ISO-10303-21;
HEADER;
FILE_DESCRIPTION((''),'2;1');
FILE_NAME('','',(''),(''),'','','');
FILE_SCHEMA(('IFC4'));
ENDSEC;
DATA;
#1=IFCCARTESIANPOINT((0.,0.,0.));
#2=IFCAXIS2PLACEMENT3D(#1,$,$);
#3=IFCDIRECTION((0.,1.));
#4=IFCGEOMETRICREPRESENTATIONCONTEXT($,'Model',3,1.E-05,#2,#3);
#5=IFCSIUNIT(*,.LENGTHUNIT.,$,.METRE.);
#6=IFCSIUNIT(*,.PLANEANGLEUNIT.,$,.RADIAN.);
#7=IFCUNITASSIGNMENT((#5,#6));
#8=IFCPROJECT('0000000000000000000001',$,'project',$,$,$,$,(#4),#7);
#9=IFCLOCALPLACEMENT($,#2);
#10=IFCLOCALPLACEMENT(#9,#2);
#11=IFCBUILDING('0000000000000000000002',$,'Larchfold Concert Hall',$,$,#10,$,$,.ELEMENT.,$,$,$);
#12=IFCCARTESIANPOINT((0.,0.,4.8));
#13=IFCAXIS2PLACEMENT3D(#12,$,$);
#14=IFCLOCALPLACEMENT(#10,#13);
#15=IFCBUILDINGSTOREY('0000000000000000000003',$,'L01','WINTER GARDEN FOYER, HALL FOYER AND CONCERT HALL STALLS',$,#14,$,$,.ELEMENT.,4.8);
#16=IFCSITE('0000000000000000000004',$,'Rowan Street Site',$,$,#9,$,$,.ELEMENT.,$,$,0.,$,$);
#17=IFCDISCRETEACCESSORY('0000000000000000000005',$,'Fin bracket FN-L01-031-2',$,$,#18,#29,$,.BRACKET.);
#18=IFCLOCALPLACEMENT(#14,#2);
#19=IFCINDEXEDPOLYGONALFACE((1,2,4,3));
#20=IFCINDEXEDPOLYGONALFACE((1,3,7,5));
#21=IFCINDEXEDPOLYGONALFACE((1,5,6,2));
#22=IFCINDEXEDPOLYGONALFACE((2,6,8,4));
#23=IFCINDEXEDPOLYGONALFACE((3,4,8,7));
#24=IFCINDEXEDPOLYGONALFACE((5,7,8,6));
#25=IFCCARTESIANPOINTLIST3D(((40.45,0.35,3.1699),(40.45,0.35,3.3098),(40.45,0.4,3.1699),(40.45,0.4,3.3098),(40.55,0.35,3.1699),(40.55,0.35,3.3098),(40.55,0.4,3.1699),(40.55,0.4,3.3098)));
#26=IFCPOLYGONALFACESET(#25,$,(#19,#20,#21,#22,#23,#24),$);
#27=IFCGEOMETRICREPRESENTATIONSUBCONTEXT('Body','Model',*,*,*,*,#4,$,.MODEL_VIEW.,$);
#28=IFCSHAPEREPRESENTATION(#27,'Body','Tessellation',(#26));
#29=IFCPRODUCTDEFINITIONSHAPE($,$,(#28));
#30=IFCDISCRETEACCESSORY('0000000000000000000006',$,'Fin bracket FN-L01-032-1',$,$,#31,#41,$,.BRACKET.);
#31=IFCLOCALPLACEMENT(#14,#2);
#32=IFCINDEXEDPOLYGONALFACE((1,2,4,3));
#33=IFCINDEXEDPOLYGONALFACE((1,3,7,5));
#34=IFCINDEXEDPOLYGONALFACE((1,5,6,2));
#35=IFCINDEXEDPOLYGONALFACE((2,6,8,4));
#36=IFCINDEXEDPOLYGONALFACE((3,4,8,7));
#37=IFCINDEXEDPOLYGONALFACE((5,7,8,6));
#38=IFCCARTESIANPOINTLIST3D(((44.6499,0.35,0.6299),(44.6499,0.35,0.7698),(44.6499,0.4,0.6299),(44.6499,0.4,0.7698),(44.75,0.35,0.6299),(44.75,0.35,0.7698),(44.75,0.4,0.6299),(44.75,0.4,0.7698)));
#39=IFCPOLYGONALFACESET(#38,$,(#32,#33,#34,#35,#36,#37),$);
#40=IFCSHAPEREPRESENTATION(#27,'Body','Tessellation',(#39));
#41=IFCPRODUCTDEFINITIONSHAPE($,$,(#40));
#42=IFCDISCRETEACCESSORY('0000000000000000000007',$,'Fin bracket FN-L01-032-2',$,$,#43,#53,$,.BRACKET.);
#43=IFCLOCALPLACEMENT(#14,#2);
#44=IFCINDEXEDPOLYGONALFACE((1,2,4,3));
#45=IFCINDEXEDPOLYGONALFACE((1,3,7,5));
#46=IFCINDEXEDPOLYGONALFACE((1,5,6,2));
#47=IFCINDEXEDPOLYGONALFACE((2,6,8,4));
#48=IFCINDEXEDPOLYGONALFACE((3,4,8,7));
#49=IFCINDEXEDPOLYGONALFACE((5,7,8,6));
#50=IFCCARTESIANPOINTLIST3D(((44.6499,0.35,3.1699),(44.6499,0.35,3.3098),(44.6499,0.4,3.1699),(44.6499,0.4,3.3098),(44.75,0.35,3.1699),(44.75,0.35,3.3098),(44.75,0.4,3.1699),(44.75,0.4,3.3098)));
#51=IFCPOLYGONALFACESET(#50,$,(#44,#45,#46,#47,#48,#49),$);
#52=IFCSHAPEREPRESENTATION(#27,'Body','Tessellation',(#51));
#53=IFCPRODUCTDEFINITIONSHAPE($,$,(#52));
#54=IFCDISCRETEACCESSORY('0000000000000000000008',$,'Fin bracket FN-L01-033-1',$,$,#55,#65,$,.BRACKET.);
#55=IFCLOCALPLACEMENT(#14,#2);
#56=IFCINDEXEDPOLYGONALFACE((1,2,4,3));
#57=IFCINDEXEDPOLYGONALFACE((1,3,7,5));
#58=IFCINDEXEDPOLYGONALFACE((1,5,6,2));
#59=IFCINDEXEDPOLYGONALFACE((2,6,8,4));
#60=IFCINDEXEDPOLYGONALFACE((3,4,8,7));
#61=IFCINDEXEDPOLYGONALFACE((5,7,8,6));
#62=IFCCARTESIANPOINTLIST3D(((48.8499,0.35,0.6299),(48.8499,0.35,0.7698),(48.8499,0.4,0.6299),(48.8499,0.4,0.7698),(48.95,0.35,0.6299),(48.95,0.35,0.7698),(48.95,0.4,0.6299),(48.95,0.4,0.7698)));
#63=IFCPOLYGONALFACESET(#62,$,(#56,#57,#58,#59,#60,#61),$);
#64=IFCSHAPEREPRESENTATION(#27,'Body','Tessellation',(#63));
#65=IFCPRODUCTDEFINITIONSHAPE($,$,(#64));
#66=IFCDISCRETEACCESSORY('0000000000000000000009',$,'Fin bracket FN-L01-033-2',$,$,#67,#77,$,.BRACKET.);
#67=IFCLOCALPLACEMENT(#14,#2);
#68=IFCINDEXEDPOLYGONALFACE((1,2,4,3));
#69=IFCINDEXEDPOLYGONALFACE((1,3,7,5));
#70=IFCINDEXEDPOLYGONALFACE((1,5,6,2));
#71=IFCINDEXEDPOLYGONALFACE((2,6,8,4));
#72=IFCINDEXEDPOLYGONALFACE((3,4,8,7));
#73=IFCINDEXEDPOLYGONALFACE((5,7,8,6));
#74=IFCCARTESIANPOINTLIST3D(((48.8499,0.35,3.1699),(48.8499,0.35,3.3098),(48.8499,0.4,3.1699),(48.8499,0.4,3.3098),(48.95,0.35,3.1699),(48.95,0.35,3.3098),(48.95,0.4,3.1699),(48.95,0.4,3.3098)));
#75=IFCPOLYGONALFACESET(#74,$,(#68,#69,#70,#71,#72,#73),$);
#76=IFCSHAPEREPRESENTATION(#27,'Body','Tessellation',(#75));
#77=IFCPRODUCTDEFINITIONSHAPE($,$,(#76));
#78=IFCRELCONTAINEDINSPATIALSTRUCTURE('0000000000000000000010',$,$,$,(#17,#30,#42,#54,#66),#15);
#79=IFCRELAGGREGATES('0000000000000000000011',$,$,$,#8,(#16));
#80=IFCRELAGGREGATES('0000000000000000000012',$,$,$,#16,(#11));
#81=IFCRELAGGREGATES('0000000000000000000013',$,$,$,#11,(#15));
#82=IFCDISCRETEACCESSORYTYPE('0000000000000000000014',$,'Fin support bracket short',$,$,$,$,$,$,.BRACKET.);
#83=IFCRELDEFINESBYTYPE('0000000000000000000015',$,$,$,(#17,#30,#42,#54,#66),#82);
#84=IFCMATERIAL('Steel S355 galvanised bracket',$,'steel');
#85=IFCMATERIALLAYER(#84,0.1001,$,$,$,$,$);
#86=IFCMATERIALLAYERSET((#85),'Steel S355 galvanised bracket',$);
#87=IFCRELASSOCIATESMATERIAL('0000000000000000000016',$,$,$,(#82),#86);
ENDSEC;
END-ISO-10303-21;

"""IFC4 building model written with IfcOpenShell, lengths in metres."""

from ifc_helpers import new_model, si_unit, direction, frame, origin, origin_2d, place, context, subcontext, project, spatial, rectangle, extrude, material, layer, layer_set, type_object, element, save


model = new_model("IFC4")

# Units and contexts
model_context = context("Model", 3, precision=1e-05, world=origin(), true_north=direction((0.0, 1.0)))
body_context = subcontext(model_context, "Body", "Model", "MODEL_VIEW")
ifc_project = project(units=[si_unit("LENGTHUNIT", "METRE"), si_unit("PLANEANGLEUNIT", "RADIAN")], contexts=[model_context])

# Site, building, storey
site_placement = place(None, origin())
site = spatial("IfcSite", under=ifc_project, at=site_placement, Name="Rowan Street Site", CompositionType="ELEMENT", RefElevation=0.0)
building_placement = place(site_placement, origin())
building = spatial("IfcBuilding", under=site, at=building_placement, Name="Larchfold Concert Hall", CompositionType="ELEMENT")
storey_placement = place(building_placement, frame((0.0, 0.0, 4.8)))
storey = spatial("IfcBuildingStorey", under=building, at=storey_placement, Name="L01", Description="WINTER GARDEN FOYER, HALL FOYER AND CONCERT HALL STALLS", CompositionType="ELEMENT", Elevation=4.8)

# Discrete accessories
ifc_material_1 = material(Name="Steel S355 galvanised bracket", Category="steel")
ifc_layer_1 = layer(ifc_material_1, 0.1001)
ifc_layer_set_1 = layer_set([ifc_layer_1], Name="Steel S355 galvanised bracket")
discrete_accessory_type = type_object("IfcDiscreteAccessoryType", Name="Fin support bracket short", PredefinedType="BRACKET", material=ifc_layer_set_1)
for number, where, z_axis, x_axis, name in (
    (1, (40.5, 0.375, 3.1699), (0.0, 0.0, 1.0), (0.0, -1.0, 0.0), "Fin bracket FN-L01-031-2"),
    (2, (44.7, 0.375, 0.6299), (0.0, 0.0, 1.0), (0.0, -1.0, 0.0), "Fin bracket FN-L01-032-1"),
    (3, (44.7, 0.375, 3.1699), (0.0, 0.0, 1.0), (0.0, -1.0, 0.0), "Fin bracket FN-L01-032-2"),
    (4, (48.8999, 0.375, 0.6299), (0.0, 0.0, 1.0), (0.0, -1.0, 0.0), "Fin bracket FN-L01-033-1"),
    (5, (48.8999, 0.375, 3.1699), (0.0, 0.0, 1.0), (0.0, -1.0, 0.0), "Fin bracket FN-L01-033-2"),
):
    element("IfcDiscreteAccessory", number, at=place(storey_placement, frame(where, z_axis=z_axis, x_axis=x_axis)), inside=storey, type_object=discrete_accessory_type, Name=name, PredefinedType="BRACKET", context=body_context, shape_type="SweptSolid", body=[
        extrude(rectangle(XDim=0.05, YDim=0.1001, at=origin_2d()), origin(), (0.0, 0.0, 1.0), 0.1399),
    ])

save(model, "model.ifc")
